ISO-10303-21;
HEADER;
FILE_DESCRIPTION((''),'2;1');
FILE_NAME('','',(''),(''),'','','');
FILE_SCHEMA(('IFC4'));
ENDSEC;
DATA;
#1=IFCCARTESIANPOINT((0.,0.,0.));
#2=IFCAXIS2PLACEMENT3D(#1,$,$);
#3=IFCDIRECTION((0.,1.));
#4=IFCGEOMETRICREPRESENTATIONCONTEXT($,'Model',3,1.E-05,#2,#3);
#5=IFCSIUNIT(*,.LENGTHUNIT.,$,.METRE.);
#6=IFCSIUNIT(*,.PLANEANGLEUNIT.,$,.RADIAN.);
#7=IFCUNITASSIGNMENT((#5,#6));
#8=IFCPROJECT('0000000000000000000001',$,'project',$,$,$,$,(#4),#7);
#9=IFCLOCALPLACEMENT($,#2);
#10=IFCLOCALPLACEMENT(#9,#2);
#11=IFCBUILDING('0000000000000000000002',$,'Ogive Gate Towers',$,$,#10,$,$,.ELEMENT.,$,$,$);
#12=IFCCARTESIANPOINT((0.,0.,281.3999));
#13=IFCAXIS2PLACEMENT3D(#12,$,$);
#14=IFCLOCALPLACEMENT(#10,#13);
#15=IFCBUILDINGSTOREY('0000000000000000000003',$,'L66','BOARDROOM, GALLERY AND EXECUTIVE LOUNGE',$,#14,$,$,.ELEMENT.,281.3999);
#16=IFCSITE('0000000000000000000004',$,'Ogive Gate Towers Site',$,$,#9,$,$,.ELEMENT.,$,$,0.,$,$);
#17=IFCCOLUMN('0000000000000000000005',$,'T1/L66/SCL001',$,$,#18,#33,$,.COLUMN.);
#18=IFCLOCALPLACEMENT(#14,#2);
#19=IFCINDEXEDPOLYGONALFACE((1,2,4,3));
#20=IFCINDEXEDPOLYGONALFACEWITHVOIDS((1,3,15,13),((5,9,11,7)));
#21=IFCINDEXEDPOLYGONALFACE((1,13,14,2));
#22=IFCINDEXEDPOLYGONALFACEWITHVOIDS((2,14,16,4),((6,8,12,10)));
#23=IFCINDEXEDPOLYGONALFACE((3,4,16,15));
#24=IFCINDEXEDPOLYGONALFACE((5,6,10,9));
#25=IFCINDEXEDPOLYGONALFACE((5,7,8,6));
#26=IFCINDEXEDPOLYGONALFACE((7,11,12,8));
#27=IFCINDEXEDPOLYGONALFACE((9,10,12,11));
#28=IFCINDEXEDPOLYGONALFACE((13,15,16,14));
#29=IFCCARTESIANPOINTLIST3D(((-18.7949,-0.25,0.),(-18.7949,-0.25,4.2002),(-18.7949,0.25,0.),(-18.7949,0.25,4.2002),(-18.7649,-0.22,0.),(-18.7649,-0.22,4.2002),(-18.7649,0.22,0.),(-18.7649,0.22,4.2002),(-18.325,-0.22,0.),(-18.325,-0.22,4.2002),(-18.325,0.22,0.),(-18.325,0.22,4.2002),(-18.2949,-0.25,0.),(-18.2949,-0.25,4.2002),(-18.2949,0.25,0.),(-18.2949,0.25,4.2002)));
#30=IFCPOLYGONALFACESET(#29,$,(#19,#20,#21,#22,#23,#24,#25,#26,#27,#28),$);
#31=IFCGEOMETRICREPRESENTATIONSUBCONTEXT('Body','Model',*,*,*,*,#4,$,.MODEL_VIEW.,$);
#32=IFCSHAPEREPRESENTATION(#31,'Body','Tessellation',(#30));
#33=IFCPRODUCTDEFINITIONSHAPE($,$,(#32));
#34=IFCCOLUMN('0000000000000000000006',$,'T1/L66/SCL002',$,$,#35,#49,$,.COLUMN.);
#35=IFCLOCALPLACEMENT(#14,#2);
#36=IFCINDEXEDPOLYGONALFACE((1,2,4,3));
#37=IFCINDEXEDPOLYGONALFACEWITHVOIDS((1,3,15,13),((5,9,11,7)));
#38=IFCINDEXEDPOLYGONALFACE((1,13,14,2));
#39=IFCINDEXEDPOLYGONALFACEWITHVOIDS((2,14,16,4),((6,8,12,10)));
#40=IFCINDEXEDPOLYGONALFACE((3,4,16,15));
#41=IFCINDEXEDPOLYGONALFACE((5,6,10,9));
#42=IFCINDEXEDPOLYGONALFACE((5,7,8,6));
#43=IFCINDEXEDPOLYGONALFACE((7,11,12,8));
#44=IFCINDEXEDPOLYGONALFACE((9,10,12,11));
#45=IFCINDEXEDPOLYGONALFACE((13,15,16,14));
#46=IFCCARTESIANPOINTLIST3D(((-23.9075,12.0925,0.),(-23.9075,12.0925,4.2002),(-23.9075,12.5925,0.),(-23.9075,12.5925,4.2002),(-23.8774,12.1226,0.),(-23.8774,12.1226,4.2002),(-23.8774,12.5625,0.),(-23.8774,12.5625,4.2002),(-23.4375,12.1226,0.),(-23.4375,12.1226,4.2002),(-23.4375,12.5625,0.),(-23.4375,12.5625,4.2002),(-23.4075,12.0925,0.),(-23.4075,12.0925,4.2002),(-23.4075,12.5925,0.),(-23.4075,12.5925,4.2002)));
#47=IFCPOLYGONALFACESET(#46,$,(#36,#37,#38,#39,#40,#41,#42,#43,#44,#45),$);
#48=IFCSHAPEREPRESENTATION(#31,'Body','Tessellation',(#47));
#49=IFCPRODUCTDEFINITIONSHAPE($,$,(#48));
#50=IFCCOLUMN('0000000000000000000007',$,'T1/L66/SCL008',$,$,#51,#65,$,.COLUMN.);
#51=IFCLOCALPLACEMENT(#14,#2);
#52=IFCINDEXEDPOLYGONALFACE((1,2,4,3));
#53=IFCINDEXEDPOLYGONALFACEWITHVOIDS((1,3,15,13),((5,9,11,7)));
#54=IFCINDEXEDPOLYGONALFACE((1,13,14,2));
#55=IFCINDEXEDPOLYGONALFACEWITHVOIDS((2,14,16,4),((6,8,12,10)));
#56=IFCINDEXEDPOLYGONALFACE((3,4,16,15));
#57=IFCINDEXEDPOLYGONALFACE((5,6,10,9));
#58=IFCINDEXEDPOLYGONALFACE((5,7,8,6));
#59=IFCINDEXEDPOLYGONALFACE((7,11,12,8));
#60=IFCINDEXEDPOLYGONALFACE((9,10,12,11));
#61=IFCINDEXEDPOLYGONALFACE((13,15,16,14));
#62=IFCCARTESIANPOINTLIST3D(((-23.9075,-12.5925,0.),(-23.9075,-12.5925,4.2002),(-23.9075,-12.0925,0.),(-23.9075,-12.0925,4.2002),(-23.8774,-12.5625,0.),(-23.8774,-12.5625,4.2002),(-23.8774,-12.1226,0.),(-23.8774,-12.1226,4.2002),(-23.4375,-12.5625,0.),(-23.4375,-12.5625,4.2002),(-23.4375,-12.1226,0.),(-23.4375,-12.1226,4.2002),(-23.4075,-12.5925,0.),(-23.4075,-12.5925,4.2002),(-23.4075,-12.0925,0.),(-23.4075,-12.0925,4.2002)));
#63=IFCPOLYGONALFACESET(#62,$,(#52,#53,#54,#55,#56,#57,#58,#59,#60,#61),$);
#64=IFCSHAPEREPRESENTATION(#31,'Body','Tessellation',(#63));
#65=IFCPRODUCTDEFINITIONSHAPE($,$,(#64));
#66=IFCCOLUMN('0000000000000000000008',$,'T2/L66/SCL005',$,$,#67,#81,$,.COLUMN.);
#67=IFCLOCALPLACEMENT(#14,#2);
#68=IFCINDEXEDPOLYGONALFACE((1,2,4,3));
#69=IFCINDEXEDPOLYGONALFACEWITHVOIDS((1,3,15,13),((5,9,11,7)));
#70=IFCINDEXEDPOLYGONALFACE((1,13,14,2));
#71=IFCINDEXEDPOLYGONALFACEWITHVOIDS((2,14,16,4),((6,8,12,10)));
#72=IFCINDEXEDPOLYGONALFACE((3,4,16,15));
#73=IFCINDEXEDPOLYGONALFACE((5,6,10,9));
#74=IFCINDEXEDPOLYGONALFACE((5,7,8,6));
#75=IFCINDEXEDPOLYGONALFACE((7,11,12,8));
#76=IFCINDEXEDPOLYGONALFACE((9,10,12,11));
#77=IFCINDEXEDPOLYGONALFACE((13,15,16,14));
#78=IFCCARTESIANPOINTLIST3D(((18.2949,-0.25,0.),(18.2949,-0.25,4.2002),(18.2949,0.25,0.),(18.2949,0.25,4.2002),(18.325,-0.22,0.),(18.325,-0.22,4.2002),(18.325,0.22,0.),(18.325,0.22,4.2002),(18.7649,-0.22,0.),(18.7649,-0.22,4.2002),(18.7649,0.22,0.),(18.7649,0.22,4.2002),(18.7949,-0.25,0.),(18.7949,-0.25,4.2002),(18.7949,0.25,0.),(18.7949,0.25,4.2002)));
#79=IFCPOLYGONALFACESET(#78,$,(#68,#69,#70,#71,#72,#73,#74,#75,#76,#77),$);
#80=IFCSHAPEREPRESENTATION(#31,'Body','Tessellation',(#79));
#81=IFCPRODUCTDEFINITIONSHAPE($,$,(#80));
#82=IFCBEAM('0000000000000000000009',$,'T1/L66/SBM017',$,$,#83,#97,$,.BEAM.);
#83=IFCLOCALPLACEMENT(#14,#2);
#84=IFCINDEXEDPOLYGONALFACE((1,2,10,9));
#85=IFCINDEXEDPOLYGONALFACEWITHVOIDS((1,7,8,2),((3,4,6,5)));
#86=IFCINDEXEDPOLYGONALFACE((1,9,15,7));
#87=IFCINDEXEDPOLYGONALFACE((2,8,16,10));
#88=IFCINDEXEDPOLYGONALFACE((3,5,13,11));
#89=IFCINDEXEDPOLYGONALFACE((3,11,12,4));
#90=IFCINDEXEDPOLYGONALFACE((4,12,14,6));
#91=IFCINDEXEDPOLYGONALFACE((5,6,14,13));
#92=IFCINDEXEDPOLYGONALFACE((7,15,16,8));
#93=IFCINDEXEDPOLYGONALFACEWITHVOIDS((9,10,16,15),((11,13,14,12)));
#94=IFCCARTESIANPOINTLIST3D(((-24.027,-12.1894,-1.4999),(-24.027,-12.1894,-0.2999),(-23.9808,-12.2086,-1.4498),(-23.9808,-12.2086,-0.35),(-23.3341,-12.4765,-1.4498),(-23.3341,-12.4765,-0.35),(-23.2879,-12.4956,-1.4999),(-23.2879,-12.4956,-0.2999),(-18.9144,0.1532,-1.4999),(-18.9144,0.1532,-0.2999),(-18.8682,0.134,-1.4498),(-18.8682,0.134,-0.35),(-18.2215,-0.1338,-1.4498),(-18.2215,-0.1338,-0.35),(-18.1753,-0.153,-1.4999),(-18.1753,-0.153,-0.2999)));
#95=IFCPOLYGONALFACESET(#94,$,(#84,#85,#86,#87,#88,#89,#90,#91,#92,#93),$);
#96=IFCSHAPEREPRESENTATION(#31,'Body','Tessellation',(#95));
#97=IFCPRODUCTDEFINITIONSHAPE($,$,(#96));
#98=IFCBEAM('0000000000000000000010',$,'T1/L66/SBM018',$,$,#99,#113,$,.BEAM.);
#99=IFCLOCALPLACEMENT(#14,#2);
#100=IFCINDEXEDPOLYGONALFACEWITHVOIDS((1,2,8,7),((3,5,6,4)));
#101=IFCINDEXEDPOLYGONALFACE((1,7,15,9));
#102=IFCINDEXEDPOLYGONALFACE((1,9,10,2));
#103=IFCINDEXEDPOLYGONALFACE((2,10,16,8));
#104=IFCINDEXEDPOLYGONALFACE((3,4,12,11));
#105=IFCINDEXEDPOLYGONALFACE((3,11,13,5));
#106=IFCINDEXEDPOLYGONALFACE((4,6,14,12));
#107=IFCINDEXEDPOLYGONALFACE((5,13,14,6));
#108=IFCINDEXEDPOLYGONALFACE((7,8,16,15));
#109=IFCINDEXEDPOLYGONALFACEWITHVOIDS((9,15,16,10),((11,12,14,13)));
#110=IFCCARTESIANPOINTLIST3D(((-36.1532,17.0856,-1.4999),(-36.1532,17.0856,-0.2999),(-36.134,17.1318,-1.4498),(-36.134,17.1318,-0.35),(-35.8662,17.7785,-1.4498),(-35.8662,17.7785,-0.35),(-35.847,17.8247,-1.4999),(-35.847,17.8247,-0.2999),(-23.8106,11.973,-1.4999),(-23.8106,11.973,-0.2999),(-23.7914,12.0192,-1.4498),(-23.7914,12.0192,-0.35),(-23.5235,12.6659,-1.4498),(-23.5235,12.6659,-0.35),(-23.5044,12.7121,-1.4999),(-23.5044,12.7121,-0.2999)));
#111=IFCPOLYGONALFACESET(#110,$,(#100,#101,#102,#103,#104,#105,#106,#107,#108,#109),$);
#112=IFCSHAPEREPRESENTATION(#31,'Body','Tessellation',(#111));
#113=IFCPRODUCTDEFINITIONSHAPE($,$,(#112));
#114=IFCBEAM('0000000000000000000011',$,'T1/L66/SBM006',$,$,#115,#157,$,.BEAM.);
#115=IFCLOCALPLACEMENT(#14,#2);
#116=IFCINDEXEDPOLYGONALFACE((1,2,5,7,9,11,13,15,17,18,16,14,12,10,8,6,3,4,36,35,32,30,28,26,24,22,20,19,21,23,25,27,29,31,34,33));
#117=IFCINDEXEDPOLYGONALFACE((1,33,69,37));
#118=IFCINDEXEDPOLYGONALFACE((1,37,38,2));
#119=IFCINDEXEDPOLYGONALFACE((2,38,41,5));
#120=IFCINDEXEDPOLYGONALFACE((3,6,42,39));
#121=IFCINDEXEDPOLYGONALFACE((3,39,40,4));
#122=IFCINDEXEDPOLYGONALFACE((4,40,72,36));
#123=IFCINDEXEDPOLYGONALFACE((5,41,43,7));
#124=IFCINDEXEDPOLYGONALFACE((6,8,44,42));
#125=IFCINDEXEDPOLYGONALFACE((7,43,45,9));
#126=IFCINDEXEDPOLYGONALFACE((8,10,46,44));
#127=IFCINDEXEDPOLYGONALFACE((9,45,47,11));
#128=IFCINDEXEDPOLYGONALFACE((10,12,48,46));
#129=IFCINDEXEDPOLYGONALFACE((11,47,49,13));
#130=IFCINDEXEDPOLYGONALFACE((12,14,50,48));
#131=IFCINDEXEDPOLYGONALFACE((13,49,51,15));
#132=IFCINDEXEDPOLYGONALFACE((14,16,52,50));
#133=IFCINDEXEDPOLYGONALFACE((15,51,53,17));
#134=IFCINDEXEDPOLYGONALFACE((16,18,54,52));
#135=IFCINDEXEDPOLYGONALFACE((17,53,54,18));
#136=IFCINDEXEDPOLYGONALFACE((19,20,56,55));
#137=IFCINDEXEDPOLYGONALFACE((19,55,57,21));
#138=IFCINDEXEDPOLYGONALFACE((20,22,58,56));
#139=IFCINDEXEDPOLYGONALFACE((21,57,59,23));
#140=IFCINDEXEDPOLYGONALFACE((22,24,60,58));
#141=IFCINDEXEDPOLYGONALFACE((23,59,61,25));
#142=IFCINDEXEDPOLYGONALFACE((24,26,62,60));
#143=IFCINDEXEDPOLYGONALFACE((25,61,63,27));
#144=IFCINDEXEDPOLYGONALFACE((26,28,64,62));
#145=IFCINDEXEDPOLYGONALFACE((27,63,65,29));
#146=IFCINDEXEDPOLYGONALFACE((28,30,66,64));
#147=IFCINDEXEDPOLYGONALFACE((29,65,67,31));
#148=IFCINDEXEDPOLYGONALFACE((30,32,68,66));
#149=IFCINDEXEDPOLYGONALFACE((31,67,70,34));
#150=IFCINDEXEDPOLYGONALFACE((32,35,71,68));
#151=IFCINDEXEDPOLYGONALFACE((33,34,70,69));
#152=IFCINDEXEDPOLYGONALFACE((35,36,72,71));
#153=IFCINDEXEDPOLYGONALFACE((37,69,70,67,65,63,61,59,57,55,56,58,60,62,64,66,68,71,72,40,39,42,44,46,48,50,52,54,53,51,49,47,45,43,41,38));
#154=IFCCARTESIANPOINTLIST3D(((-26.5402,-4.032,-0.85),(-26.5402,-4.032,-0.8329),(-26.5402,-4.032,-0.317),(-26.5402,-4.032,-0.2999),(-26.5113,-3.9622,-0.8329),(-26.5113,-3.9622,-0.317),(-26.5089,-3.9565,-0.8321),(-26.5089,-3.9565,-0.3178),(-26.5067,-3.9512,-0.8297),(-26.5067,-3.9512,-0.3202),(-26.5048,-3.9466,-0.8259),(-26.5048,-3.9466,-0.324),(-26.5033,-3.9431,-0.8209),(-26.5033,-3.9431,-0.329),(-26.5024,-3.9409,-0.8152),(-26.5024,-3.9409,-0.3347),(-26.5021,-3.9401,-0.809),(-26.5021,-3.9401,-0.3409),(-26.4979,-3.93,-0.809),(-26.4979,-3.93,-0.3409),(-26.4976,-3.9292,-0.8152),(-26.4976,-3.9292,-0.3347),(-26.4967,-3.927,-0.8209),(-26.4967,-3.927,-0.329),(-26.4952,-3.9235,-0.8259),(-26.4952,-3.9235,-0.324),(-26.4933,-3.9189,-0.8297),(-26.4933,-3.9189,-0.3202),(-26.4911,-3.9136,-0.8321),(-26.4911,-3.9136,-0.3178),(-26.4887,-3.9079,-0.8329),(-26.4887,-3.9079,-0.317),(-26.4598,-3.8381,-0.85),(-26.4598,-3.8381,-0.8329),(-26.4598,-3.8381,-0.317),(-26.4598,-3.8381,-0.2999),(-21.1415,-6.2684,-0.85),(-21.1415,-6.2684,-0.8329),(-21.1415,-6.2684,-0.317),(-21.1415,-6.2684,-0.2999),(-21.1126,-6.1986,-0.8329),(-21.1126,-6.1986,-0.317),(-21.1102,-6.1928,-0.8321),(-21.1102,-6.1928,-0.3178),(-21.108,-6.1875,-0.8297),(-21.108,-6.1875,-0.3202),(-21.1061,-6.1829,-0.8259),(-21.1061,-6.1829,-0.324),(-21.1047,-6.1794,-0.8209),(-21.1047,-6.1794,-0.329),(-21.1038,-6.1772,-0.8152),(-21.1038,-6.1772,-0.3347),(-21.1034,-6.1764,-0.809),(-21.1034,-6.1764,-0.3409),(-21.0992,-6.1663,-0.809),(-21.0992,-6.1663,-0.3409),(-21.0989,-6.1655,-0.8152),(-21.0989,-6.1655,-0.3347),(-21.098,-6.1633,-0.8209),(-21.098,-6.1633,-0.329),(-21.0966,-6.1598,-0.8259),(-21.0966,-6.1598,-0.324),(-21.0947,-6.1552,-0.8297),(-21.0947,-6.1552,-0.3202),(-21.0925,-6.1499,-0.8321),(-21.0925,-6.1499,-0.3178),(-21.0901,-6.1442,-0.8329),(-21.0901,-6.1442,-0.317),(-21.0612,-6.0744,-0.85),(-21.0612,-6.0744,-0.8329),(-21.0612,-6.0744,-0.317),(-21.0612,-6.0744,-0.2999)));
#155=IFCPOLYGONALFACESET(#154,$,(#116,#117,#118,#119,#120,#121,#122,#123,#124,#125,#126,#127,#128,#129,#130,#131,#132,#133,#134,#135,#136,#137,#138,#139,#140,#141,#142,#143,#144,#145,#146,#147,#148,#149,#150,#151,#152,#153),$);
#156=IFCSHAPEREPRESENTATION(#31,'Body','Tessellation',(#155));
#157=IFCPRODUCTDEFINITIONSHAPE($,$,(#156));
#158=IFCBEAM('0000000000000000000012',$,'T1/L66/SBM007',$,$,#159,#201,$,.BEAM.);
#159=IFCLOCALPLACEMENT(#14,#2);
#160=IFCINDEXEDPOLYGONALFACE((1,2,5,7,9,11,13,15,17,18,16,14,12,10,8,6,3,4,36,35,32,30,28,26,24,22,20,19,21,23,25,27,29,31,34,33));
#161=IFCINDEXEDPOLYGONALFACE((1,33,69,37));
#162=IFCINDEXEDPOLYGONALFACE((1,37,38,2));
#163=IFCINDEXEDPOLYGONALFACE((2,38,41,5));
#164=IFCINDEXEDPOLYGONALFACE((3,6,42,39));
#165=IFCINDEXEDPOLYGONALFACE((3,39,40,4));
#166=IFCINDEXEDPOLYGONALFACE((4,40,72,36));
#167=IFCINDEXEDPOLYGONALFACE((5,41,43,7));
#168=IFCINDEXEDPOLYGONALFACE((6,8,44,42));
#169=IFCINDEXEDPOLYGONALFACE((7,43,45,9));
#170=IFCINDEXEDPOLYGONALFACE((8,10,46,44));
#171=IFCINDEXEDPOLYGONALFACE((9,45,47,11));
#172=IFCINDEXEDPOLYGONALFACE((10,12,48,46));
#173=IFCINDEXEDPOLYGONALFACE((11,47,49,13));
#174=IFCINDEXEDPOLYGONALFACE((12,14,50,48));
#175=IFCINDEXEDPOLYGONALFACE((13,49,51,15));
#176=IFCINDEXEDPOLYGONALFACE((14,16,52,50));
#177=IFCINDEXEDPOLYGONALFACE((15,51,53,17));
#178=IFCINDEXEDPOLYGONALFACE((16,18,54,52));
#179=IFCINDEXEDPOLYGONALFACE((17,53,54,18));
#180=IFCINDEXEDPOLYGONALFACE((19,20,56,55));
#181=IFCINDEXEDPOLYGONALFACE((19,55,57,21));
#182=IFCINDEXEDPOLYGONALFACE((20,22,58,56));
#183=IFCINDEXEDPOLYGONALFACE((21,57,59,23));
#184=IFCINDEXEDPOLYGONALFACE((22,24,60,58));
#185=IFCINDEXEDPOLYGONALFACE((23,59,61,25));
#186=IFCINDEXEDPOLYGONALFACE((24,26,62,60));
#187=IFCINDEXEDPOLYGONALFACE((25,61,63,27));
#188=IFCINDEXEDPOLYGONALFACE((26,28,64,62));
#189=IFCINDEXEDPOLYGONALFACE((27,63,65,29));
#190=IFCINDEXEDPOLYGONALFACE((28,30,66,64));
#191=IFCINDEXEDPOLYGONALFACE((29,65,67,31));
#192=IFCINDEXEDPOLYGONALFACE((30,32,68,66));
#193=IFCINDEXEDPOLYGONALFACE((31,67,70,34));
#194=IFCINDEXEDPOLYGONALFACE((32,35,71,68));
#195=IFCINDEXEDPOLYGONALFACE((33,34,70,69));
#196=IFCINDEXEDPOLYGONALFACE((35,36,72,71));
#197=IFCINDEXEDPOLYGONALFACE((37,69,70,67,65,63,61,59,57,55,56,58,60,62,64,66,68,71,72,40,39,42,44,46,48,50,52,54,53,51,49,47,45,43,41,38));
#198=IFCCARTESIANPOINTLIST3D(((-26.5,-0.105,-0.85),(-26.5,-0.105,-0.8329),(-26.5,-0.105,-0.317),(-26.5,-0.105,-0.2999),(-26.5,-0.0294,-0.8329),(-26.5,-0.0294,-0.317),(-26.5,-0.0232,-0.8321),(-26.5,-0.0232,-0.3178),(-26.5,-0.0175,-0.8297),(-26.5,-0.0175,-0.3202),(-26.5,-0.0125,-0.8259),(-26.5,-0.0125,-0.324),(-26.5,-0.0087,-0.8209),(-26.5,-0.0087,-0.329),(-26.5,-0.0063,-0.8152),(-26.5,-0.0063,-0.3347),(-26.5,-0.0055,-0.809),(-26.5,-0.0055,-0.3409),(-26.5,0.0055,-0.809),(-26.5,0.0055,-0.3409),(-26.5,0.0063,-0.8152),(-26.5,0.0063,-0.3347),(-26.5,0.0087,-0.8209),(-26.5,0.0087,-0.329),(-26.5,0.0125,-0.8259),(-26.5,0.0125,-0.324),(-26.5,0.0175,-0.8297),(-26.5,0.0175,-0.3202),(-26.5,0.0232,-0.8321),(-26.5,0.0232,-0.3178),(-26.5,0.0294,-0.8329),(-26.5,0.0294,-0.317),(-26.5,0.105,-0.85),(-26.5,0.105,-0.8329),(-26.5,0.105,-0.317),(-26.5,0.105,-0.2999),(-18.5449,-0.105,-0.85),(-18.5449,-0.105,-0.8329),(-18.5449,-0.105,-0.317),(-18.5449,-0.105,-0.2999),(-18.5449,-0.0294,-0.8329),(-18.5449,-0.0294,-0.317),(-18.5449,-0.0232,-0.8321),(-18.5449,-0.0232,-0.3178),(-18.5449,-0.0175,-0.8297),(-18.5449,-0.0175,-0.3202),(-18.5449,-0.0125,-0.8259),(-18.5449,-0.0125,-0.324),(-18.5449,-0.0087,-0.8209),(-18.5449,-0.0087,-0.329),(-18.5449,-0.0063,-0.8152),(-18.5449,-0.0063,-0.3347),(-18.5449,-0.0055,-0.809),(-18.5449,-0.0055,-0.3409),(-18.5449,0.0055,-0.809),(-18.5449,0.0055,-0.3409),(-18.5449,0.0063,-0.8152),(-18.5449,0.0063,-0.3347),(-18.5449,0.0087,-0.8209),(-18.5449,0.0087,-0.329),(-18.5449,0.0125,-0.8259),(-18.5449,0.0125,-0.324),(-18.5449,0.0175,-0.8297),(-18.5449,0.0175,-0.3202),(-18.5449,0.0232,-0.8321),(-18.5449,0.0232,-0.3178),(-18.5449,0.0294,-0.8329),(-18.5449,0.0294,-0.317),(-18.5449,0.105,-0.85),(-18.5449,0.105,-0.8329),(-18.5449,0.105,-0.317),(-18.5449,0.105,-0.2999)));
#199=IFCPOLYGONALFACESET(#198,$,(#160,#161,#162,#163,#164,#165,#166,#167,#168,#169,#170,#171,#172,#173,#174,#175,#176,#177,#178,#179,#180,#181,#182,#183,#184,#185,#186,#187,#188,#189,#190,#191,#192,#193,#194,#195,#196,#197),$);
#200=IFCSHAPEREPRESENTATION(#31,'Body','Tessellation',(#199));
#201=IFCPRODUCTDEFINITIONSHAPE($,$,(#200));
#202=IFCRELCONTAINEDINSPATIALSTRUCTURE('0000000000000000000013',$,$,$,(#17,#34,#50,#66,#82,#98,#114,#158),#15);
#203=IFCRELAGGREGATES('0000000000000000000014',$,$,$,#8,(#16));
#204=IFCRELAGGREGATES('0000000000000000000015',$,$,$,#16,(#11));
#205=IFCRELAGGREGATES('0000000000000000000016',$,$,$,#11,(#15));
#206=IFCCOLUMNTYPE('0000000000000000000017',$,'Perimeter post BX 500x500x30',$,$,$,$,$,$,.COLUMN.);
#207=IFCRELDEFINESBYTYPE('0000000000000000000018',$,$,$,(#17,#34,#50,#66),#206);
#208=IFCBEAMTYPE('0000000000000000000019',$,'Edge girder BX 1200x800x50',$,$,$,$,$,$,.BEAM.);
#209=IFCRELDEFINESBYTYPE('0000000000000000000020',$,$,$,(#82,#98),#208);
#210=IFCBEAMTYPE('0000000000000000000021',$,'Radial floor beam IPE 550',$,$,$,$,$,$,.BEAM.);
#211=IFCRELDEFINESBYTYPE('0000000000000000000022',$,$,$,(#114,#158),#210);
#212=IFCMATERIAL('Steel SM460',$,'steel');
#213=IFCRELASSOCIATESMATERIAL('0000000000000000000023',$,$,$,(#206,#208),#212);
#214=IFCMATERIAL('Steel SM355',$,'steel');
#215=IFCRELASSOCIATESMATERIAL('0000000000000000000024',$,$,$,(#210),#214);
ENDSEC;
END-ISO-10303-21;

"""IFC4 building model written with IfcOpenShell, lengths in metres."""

from ifc_helpers import new_model, si_unit, direction, frame, origin, origin_2d, place, context, subcontext, project, spatial, hollow_rectangle, i_section, extrude, material, material_profile, profile_set, type_object, element, save


model = new_model("IFC4")

# Units and contexts
model_context = context("Model", 3, precision=1e-05, world=origin(), true_north=direction((0.0, 1.0)))
body_context = subcontext(model_context, "Body", "Model", "MODEL_VIEW")
ifc_project = project(units=[si_unit("LENGTHUNIT", "METRE"), si_unit("PLANEANGLEUNIT", "RADIAN")], contexts=[model_context])

# Site, building, storey
site_placement = place(None, origin())
site = spatial("IfcSite", under=ifc_project, at=site_placement, Name="Ogive Gate Towers Site", CompositionType="ELEMENT", RefElevation=0.0)
building_placement = place(site_placement, origin())
building = spatial("IfcBuilding", under=site, at=building_placement, Name="Ogive Gate Towers", CompositionType="ELEMENT")
storey_placement = place(building_placement, frame((0.0, 0.0, 281.3999)))
storey = spatial("IfcBuildingStorey", under=building, at=storey_placement, Name="L66", Description="BOARDROOM, GALLERY AND EXECUTIVE LOUNGE", CompositionType="ELEMENT", Elevation=281.3999)

# Columns
ifc_material_1 = material(Name="Steel SM460", Category="steel")
ifc_material_profile_1 = material_profile(ifc_material_1, hollow_rectangle(XDim=0.5, YDim=0.5, WallThickness=0.03, at=origin_2d()), Name="BX 500x500x30")
ifc_profile_set_1 = profile_set([ifc_material_profile_1], Name="Steel SM460")
column_type = type_object("IfcColumnType", Name="Perimeter post BX 500x500x30", PredefinedType="COLUMN", material=ifc_profile_set_1)
for number, where, z_axis, x_axis, name in (
    (1, (-18.5449, 0.0, 0.0), (0.0, 0.0, 1.0), (1.0, 0.0, 0.0), "T1/L66/SCL001"),
    (2, (-23.6575, 12.3425, 0.0), (0.0, 0.0, 1.0), (1.0, 0.0, 0.0), "T1/L66/SCL002"),
    (3, (-23.6575, -12.3425, 0.0), (0.0, 0.0, 1.0), (1.0, 0.0, 0.0), "T1/L66/SCL008"),
    (4, (18.5449, 0.0, 0.0), (0.0, 0.0, 1.0), (1.0, 0.0, 0.0), "T2/L66/SCL005"),
):
    element("IfcColumn", number, at=place(storey_placement, frame(where, z_axis=z_axis, x_axis=x_axis)), inside=storey, type_object=column_type, Name=name, PredefinedType="COLUMN", context=body_context, shape_type="SweptSolid", body=[
        extrude(hollow_rectangle(XDim=0.5, YDim=0.5, WallThickness=0.03, at=origin_2d()), origin(), (0.0, 0.0, 1.0), 4.2002),
    ])

# Beams
ifc_material_profile_2 = material_profile(ifc_material_1, hollow_rectangle(XDim=0.8, YDim=1.2, WallThickness=0.05, at=origin_2d()), Name="BX 1200x800x50")
ifc_profile_set_2 = profile_set([ifc_material_profile_2], Name="Steel SM460")
beam_type_1 = type_object("IfcBeamType", Name="Edge girder BX 1200x800x50", PredefinedType="BEAM", material=ifc_profile_set_2)
for number, where, z_axis, x_axis, name in (
    (5, (-23.6575, -12.3425, -0.8999), (0.38269, 0.923877, 0.0), (-0.923877, 0.38269, 0.0), "T1/L66/SBM017"),
    (6, (-23.6575, 12.3425, -0.8999), (-0.923877, 0.38269, 0.0), (-0.38269, -0.923877, 0.0), "T1/L66/SBM018"),
):
    element("IfcBeam", number, at=place(storey_placement, frame(where, z_axis=z_axis, x_axis=x_axis)), inside=storey, type_object=beam_type_1, Name=name, PredefinedType="BEAM", context=body_context, shape_type="SweptSolid", body=[
        extrude(hollow_rectangle(XDim=0.8, YDim=1.2, WallThickness=0.05, at=origin_2d()), origin(), (0.0, 0.0, 1.0), 13.3596),
    ])
ifc_material_2 = material(Name="Steel SM355", Category="steel")
ifc_material_profile_3 = material_profile(ifc_material_2, i_section(OverallWidth=0.21, OverallDepth=0.55, WebThickness=0.011, FlangeThickness=0.0171, FilletRadius=0.0239, at=origin_2d()), Name="IPE 550")
ifc_profile_set_3 = profile_set([ifc_material_profile_3], Name="Steel SM355")
beam_type_2 = type_object("IfcBeamType", Name="Radial floor beam IPE 550", PredefinedType="BEAM", material=ifc_profile_set_3)
beam_1_placement = place(storey_placement, frame((-26.5, -3.9351, -0.575), z_axis=(0.923872, -0.382701, 0.0), x_axis=(0.382701, 0.923872, 0.0)))
element("IfcBeam", 7, at=beam_1_placement, inside=storey, type_object=beam_type_2, Name="T1/L66/SBM006", PredefinedType="BEAM", context=body_context, shape_type="SweptSolid", body=[
    extrude(i_section(OverallWidth=0.21, OverallDepth=0.55, WebThickness=0.011, FlangeThickness=0.0171, FilletRadius=0.0239, at=origin_2d()), origin(), (0.0, 0.0, 1.0), 5.8435),
])
beam_2_placement = place(storey_placement, frame((-26.5, 0.0, -0.575), z_axis=(1.0, 0.0, 0.0), x_axis=(0.0, 1.0, 0.0)))
element("IfcBeam", 8, at=beam_2_placement, inside=storey, type_object=beam_type_2, Name="T1/L66/SBM007", PredefinedType="BEAM", context=body_context, shape_type="SweptSolid", body=[
    extrude(i_section(OverallWidth=0.21, OverallDepth=0.55, WebThickness=0.011, FlangeThickness=0.0171, FilletRadius=0.0239, at=origin_2d()), origin(), (0.0, 0.0, 1.0), 7.9551),
])

save(model, "model.ifc")
